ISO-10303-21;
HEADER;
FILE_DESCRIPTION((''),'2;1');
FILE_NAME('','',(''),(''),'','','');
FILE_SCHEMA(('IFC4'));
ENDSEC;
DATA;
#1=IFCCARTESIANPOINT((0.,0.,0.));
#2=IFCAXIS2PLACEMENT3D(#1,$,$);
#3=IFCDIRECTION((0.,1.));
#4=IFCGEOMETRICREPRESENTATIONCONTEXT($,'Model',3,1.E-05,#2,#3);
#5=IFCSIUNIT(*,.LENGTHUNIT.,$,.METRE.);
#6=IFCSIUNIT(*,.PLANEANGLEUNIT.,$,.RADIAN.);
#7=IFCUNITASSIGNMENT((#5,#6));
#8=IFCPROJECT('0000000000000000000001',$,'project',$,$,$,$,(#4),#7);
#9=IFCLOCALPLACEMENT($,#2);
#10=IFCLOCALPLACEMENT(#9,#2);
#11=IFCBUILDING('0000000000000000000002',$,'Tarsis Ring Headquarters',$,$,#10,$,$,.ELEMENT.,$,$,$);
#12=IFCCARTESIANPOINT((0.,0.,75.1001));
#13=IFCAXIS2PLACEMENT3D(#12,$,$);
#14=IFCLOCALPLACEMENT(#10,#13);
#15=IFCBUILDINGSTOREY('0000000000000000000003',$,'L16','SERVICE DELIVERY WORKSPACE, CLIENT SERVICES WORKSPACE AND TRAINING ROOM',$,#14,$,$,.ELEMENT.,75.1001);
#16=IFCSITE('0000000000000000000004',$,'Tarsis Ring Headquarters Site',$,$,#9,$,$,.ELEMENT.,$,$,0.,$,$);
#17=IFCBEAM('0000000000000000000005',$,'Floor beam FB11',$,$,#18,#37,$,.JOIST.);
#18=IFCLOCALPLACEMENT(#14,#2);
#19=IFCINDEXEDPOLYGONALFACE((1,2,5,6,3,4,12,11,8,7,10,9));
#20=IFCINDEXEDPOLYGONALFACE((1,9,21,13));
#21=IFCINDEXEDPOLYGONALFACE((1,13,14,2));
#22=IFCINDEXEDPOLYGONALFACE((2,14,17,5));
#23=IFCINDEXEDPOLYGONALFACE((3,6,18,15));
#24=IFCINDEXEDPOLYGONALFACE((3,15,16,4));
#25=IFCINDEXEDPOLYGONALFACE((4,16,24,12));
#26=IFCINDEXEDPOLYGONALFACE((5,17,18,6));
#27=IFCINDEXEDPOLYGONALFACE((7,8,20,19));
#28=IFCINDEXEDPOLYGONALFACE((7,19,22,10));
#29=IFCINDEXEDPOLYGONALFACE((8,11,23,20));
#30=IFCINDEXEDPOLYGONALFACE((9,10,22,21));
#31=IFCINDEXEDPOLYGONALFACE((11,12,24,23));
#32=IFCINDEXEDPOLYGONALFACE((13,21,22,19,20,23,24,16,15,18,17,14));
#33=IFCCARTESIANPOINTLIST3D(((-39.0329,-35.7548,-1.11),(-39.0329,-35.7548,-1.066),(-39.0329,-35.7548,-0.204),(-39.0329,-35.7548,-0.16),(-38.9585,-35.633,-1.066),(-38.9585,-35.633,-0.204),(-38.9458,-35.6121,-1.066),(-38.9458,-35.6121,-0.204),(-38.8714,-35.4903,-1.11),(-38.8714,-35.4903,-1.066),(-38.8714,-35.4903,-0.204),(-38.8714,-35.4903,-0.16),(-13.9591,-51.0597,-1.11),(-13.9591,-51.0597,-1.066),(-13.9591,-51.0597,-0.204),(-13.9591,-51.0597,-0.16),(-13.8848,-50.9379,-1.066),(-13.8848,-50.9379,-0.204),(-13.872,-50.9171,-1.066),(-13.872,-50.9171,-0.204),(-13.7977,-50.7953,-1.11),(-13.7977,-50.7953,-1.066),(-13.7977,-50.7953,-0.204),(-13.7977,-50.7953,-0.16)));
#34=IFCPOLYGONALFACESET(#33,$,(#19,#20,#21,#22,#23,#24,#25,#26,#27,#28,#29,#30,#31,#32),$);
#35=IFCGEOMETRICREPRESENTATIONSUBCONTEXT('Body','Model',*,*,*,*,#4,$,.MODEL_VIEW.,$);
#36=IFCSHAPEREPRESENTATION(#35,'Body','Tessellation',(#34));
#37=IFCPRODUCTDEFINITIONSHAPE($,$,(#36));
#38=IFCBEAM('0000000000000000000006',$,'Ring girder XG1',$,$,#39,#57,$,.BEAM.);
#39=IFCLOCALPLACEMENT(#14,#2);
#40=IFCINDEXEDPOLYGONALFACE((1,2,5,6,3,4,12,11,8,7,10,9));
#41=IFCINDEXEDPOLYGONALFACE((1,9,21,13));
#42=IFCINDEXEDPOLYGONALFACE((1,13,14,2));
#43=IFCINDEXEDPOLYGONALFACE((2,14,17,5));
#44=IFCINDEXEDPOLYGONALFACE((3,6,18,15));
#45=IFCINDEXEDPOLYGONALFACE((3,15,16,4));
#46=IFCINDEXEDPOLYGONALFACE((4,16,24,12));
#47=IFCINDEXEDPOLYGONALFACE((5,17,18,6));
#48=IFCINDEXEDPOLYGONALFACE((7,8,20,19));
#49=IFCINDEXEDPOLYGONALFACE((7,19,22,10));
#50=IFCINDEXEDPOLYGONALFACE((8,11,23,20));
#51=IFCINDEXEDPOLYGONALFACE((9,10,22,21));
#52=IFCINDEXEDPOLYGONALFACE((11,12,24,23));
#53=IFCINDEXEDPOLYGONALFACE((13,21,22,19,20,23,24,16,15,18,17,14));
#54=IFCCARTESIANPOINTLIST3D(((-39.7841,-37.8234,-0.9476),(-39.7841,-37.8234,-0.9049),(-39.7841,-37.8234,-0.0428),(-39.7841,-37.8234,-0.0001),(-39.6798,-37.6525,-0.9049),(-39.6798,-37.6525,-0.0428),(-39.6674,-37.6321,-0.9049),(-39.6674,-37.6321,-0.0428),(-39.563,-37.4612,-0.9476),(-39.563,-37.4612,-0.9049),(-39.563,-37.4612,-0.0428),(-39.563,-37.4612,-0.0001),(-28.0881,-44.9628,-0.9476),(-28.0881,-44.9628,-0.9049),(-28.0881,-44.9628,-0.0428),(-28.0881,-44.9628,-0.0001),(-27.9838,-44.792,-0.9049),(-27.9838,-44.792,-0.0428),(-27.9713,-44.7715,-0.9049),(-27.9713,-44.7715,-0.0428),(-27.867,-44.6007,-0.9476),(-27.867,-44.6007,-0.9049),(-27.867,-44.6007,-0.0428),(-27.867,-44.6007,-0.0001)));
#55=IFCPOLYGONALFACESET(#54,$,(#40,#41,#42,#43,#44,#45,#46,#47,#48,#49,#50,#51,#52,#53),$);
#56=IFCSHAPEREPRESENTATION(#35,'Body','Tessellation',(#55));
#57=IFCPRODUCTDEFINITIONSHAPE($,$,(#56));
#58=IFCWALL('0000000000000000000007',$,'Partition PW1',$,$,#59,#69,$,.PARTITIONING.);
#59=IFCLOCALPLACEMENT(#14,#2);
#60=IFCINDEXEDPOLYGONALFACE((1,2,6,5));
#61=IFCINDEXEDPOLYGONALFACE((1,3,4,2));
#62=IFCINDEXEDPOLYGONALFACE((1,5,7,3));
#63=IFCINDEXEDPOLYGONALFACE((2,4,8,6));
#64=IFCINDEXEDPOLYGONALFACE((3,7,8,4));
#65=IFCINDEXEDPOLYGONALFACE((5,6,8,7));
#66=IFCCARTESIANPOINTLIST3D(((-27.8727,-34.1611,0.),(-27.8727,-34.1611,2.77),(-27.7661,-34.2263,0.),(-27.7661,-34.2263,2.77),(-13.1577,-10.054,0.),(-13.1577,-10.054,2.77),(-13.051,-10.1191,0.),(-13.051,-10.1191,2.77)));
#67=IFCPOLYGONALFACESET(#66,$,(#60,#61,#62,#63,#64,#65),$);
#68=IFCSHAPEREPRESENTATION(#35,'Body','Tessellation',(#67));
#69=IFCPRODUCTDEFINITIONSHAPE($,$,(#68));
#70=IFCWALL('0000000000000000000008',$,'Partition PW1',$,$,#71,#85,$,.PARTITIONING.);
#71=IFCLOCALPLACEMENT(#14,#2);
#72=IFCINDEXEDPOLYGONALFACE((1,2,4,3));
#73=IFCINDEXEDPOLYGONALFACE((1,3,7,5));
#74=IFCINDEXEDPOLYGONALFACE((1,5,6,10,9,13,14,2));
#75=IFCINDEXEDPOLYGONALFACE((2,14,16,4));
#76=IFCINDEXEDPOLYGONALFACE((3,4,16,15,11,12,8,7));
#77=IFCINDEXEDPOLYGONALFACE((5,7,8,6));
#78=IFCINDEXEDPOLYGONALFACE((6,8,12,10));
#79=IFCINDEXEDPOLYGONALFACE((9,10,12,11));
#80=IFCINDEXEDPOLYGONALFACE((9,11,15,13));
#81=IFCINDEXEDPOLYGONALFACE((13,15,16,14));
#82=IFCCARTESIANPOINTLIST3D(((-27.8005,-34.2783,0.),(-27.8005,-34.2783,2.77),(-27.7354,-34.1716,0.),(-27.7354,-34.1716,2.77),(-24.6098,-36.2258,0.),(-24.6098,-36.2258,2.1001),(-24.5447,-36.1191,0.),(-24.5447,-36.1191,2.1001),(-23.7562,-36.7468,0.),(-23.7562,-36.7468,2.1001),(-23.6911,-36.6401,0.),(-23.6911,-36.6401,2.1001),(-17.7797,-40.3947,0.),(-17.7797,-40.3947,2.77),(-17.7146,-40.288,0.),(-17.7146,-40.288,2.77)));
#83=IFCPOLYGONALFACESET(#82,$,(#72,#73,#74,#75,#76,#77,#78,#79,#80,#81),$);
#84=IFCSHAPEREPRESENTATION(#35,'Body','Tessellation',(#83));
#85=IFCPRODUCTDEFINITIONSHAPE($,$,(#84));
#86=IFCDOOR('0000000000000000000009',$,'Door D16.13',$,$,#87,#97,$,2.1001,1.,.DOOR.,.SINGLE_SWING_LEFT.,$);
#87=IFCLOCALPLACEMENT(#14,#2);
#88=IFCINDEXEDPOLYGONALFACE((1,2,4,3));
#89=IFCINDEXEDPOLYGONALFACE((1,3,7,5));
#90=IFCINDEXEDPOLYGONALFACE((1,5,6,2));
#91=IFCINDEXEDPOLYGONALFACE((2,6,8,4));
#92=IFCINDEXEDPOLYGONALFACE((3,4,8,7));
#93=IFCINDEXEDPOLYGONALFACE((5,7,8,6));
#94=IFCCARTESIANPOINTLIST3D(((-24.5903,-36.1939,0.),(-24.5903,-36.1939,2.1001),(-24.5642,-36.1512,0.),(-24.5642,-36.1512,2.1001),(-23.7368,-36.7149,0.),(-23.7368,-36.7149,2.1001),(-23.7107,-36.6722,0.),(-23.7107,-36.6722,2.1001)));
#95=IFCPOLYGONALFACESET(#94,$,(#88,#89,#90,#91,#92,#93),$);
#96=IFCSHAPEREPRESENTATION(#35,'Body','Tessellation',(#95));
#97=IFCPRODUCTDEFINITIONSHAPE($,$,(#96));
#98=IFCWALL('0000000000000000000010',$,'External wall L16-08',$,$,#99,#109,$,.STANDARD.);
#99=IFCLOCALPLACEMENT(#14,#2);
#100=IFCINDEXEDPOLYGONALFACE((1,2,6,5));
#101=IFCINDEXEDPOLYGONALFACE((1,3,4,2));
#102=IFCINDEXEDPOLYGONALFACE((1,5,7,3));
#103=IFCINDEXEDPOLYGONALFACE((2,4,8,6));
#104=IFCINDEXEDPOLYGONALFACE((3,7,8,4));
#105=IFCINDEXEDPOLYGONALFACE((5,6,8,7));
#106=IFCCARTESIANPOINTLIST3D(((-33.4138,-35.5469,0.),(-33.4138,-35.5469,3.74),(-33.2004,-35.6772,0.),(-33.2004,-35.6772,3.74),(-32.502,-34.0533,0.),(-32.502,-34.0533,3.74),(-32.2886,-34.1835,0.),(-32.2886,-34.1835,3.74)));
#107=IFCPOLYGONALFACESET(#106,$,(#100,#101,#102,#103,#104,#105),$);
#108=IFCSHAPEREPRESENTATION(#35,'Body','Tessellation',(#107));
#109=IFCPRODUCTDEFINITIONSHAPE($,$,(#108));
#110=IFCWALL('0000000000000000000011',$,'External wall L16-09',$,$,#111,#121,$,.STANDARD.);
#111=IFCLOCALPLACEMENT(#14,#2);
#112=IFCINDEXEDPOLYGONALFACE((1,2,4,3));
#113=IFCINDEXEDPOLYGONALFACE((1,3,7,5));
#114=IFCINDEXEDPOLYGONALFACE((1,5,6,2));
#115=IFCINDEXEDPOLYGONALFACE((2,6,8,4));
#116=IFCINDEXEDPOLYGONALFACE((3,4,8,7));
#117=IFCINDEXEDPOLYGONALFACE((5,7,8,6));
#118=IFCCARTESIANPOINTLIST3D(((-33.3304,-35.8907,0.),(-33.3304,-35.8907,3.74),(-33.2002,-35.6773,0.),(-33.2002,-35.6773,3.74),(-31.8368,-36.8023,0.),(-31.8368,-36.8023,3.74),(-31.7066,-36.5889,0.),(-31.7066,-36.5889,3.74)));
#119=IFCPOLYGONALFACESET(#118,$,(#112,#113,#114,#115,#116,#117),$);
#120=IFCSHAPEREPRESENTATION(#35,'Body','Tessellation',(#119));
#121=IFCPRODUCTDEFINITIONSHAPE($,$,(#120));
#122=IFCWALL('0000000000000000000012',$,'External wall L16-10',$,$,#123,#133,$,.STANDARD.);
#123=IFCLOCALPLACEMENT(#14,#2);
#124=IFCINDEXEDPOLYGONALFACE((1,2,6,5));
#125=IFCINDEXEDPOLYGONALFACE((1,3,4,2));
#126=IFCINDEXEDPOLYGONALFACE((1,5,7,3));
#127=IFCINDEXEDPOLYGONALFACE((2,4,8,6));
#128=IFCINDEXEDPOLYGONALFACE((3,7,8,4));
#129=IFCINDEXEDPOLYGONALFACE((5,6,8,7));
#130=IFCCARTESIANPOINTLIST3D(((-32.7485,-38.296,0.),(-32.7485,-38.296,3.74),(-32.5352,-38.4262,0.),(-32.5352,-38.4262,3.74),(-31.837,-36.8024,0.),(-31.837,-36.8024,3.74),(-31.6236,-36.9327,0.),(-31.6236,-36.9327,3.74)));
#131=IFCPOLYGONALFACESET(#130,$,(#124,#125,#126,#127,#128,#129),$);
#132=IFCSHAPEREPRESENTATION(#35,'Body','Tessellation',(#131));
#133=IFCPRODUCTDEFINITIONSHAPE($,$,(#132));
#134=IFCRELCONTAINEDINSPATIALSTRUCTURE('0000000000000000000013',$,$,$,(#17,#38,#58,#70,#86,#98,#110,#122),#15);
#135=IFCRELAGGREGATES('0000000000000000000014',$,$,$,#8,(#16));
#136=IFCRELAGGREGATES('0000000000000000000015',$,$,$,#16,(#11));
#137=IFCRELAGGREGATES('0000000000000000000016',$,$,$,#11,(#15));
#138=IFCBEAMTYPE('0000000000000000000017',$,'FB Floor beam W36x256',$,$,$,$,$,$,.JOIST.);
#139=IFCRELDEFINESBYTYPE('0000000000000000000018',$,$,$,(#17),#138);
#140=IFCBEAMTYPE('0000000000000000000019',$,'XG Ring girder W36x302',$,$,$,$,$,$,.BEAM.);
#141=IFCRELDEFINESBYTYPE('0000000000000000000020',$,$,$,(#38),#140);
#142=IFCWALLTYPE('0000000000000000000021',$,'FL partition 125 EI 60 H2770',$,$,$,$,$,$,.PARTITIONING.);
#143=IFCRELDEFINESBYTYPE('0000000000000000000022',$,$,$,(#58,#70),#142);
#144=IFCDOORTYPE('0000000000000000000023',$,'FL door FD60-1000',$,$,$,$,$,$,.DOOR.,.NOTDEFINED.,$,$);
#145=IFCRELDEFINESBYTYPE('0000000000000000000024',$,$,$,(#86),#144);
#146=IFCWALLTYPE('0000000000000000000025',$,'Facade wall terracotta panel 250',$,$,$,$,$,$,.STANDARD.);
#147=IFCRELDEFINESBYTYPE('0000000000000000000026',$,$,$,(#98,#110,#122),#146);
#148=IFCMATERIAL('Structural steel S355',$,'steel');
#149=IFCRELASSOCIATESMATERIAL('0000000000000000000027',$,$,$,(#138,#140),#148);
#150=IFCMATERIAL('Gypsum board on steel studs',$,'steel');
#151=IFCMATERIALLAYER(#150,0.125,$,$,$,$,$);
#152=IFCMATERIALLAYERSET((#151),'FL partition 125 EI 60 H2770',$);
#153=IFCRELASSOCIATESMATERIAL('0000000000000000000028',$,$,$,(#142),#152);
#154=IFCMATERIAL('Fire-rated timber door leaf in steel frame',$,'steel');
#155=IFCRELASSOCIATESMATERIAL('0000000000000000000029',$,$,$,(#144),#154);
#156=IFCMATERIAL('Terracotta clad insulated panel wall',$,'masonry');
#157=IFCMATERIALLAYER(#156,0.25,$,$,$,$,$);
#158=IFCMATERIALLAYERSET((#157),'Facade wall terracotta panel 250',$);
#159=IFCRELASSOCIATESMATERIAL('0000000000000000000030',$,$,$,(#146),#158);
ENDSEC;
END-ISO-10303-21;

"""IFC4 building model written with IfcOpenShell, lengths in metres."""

from ifc_helpers import new_model, si_unit, direction, frame, frame_2d, origin, origin_2d, place, context, subcontext, project, spatial, rectangle, i_section, extrude, material, layer, layer_set, material_profile, profile_set, type_object, element, fill, save


model = new_model("IFC4")

# Units and contexts
model_context = context("Model", 3, precision=1e-05, world=origin(), true_north=direction((0.0, 1.0)))
body_context = subcontext(model_context, "Body", "Model", "MODEL_VIEW")
ifc_project = project(units=[si_unit("LENGTHUNIT", "METRE"), si_unit("PLANEANGLEUNIT", "RADIAN")], contexts=[model_context])

# Site, building, storey
site_placement = place(None, origin())
site = spatial("IfcSite", under=ifc_project, at=site_placement, Name="Tarsis Ring Headquarters Site", CompositionType="ELEMENT", RefElevation=0.0)
building_placement = place(site_placement, origin())
building = spatial("IfcBuilding", under=site, at=building_placement, Name="Tarsis Ring Headquarters", CompositionType="ELEMENT")
storey_placement = place(building_placement, frame((0.0, 0.0, 75.1001)))
storey = spatial("IfcBuildingStorey", under=building, at=storey_placement, Name="L16", Description="SERVICE DELIVERY WORKSPACE, CLIENT SERVICES WORKSPACE AND TRAINING ROOM", CompositionType="ELEMENT", Elevation=75.1001)

# Beams
ifc_material_1 = material(Name="Structural steel S355", Category="steel")
ifc_material_profile_1 = material_profile(ifc_material_1, i_section(OverallWidth=0.3098, OverallDepth=0.95, WebThickness=0.0244, FlangeThickness=0.0439, at=origin_2d()), Name="W36x256")
ifc_profile_set_1 = profile_set([ifc_material_profile_1], Name="Structural steel S355")
beam_type_1 = type_object("IfcBeamType", Name="FB Floor beam W36x256", PredefinedType="JOIST", material=ifc_profile_set_1)
beam_1_placement = place(storey_placement, frame((-38.9521, -35.6226, -0.635), z_axis=(0.853553, -0.521006, 0.0), x_axis=(0.521006, 0.853553, 0.0)))
element("IfcBeam", 1, at=beam_1_placement, inside=storey, type_object=beam_type_1, Name="Floor beam FB11", PredefinedType="JOIST", context=body_context, shape_type="SweptSolid", body=[
    extrude(i_section(OverallWidth=0.3098, OverallDepth=0.95, WebThickness=0.0244, FlangeThickness=0.0439, at=origin_2d()), origin(), (0.0, 0.0, 1.0), 29.3757),
])
ifc_material_profile_2 = material_profile(ifc_material_1, i_section(OverallWidth=0.4243, OverallDepth=0.9475, WebThickness=0.0239, FlangeThickness=0.0427, at=origin_2d()), Name="W36x302")
ifc_profile_set_2 = profile_set([ifc_material_profile_2], Name="Structural steel S355")
beam_type_2 = type_object("IfcBeamType", Name="XG Ring girder W36x302", PredefinedType="BEAM", material=ifc_profile_set_2)
beam_2_placement = place(storey_placement, frame((-39.6736, -37.6423, -0.4739), z_axis=(0.853547, -0.521015, 0.0), x_axis=(0.521015, 0.853547, 0.0)))
element("IfcBeam", 2, at=beam_2_placement, inside=storey, type_object=beam_type_2, Name="Ring girder XG1", PredefinedType="BEAM", context=body_context, shape_type="SweptSolid", body=[
    extrude(i_section(OverallWidth=0.4243, OverallDepth=0.9475, WebThickness=0.0239, FlangeThickness=0.0427, at=origin_2d()), origin(), (0.0, 0.0, 1.0), 13.7029),
])

# Wall
ifc_material_2 = material(Name="Gypsum board on steel studs", Category="steel")
ifc_layer_1 = layer(ifc_material_2, 0.125)
ifc_layer_set_1 = layer_set([ifc_layer_1], Name="FL partition 125 EI 60 H2770")
wall_type_1 = type_object("IfcWallType", Name="FL partition 125 EI 60 H2770", PredefinedType="PARTITIONING", material=ifc_layer_set_1)
wall_1_placement = place(storey_placement, frame((-27.8193, -34.1936, 0.0), z_axis=(0.0, 0.0, 1.0), x_axis=(0.52101, 0.853551, 0.0)))
element("IfcWall", 3, at=wall_1_placement, inside=storey, type_object=wall_type_1, Name="Partition PW1", PredefinedType="PARTITIONING", context=body_context, shape_type="SweptSolid", body=[
    extrude(rectangle(XDim=28.2434, YDim=0.125, at=frame_2d((14.1216, 0.0))), origin(), (0.0, 0.0, 1.0), 2.77),
])

# Wall, opening, door
wall_2_placement = place(storey_placement, frame((-27.7681, -34.2249, 0.0), z_axis=(0.0, 0.0, 1.0), x_axis=(0.85356, -0.520995, 0.0)))
wall_2 = element("IfcWall", 4, at=wall_2_placement, inside=storey, type_object=wall_type_1, Name="Partition PW1", PredefinedType="PARTITIONING", context=body_context, shape_type="SweptSolid", body=[
    extrude(rectangle(XDim=11.74, YDim=0.125, at=frame_2d((5.8701, 0.0))), origin(), (0.0, 0.0, 1.0), 2.77),
])
opening_1_placement = place(wall_2_placement, frame((3.7383, 0.0, 0.0)))
opening_1 = element("IfcOpeningElement", 5, at=opening_1_placement, cuts=wall_2, PredefinedType="OPENING", context=body_context, shape_type="SweptSolid", body=[
    extrude(rectangle(XDim=1.0, YDim=2.1001, at=frame_2d((0.5, 1.05))), frame((0.0, 0.0725, 0.0), z_axis=(0.0, -1.0, 0.0), x_axis=(1.0, 0.0, 0.0)), (0.0, 0.0, 1.0), 0.145),
])
ifc_material_3 = material(Name="Fire-rated timber door leaf in steel frame", Category="steel")
door_type = type_object("IfcDoorType", Name="FL door FD60-1000", OperationType="NOTDEFINED", PredefinedType="DOOR", material=ifc_material_3)
door_placement = place(opening_1_placement, origin())
door = element("IfcDoor", 6, at=door_placement, inside=storey, type_object=door_type, Name="Door D16.13", OperationType="SINGLE_SWING_LEFT", OverallHeight=2.1001, OverallWidth=1.0, PredefinedType="DOOR", context=body_context, shape_type="SweptSolid", body=[
    extrude(rectangle(XDim=1.0, YDim=2.1001, at=frame_2d((0.5, 1.05))), frame((0.0, 0.0249, 0.0), z_axis=(0.0, -1.0, 0.0), x_axis=(1.0, 0.0, 0.0)), (0.0, 0.0, 1.0), 0.05),
])
fill(opening_1, door)

# Walls
ifc_material_4 = material(Name="Terracotta clad insulated panel wall", Category="masonry")
ifc_layer_2 = layer(ifc_material_4, 0.25)
ifc_layer_set_2 = layer_set([ifc_layer_2], Name="Facade wall terracotta panel 250")
wall_type_2 = type_object("IfcWallType", Name="Facade wall terracotta panel 250", PredefinedType="STANDARD", material=ifc_layer_set_2)
wall_3_placement = place(storey_placement, frame((-32.3953, -34.1184, 0.0), z_axis=(0.0, 0.0, 1.0), x_axis=(-0.521066, -0.853516, 0.0)))
element("IfcWall", 7, at=wall_3_placement, inside=storey, type_object=wall_type_2, Name="External wall L16-08", PredefinedType="STANDARD", context=body_context, shape_type="SweptSolid", body=[
    extrude(rectangle(XDim=1.75, YDim=0.25, at=frame_2d((0.875, 0.0))), origin(), (0.0, 0.0, 1.0), 3.74),
])
for number, where, z_axis, x_axis, name in (
    (8, (-33.2654, -35.7839, 0.0), (0.0, 0.0, 1.0), (0.853578, -0.520965, 0.0), "External wall L16-09"),
    (9, (-31.7302, -36.8674, 0.0), (0.0, 0.0, 1.0), (-0.520965, -0.853578, 0.0), "External wall L16-10"),
):
    element("IfcWall", number, at=place(storey_placement, frame(where, z_axis=z_axis, x_axis=x_axis)), inside=storey, type_object=wall_type_2, Name=name, PredefinedType="STANDARD", context=body_context, shape_type="SweptSolid", body=[
        extrude(rectangle(XDim=1.7498, YDim=0.25, at=frame_2d((0.875, 0.0))), origin(), (0.0, 0.0, 1.0), 3.74),
    ])

save(model, "model.ifc")
